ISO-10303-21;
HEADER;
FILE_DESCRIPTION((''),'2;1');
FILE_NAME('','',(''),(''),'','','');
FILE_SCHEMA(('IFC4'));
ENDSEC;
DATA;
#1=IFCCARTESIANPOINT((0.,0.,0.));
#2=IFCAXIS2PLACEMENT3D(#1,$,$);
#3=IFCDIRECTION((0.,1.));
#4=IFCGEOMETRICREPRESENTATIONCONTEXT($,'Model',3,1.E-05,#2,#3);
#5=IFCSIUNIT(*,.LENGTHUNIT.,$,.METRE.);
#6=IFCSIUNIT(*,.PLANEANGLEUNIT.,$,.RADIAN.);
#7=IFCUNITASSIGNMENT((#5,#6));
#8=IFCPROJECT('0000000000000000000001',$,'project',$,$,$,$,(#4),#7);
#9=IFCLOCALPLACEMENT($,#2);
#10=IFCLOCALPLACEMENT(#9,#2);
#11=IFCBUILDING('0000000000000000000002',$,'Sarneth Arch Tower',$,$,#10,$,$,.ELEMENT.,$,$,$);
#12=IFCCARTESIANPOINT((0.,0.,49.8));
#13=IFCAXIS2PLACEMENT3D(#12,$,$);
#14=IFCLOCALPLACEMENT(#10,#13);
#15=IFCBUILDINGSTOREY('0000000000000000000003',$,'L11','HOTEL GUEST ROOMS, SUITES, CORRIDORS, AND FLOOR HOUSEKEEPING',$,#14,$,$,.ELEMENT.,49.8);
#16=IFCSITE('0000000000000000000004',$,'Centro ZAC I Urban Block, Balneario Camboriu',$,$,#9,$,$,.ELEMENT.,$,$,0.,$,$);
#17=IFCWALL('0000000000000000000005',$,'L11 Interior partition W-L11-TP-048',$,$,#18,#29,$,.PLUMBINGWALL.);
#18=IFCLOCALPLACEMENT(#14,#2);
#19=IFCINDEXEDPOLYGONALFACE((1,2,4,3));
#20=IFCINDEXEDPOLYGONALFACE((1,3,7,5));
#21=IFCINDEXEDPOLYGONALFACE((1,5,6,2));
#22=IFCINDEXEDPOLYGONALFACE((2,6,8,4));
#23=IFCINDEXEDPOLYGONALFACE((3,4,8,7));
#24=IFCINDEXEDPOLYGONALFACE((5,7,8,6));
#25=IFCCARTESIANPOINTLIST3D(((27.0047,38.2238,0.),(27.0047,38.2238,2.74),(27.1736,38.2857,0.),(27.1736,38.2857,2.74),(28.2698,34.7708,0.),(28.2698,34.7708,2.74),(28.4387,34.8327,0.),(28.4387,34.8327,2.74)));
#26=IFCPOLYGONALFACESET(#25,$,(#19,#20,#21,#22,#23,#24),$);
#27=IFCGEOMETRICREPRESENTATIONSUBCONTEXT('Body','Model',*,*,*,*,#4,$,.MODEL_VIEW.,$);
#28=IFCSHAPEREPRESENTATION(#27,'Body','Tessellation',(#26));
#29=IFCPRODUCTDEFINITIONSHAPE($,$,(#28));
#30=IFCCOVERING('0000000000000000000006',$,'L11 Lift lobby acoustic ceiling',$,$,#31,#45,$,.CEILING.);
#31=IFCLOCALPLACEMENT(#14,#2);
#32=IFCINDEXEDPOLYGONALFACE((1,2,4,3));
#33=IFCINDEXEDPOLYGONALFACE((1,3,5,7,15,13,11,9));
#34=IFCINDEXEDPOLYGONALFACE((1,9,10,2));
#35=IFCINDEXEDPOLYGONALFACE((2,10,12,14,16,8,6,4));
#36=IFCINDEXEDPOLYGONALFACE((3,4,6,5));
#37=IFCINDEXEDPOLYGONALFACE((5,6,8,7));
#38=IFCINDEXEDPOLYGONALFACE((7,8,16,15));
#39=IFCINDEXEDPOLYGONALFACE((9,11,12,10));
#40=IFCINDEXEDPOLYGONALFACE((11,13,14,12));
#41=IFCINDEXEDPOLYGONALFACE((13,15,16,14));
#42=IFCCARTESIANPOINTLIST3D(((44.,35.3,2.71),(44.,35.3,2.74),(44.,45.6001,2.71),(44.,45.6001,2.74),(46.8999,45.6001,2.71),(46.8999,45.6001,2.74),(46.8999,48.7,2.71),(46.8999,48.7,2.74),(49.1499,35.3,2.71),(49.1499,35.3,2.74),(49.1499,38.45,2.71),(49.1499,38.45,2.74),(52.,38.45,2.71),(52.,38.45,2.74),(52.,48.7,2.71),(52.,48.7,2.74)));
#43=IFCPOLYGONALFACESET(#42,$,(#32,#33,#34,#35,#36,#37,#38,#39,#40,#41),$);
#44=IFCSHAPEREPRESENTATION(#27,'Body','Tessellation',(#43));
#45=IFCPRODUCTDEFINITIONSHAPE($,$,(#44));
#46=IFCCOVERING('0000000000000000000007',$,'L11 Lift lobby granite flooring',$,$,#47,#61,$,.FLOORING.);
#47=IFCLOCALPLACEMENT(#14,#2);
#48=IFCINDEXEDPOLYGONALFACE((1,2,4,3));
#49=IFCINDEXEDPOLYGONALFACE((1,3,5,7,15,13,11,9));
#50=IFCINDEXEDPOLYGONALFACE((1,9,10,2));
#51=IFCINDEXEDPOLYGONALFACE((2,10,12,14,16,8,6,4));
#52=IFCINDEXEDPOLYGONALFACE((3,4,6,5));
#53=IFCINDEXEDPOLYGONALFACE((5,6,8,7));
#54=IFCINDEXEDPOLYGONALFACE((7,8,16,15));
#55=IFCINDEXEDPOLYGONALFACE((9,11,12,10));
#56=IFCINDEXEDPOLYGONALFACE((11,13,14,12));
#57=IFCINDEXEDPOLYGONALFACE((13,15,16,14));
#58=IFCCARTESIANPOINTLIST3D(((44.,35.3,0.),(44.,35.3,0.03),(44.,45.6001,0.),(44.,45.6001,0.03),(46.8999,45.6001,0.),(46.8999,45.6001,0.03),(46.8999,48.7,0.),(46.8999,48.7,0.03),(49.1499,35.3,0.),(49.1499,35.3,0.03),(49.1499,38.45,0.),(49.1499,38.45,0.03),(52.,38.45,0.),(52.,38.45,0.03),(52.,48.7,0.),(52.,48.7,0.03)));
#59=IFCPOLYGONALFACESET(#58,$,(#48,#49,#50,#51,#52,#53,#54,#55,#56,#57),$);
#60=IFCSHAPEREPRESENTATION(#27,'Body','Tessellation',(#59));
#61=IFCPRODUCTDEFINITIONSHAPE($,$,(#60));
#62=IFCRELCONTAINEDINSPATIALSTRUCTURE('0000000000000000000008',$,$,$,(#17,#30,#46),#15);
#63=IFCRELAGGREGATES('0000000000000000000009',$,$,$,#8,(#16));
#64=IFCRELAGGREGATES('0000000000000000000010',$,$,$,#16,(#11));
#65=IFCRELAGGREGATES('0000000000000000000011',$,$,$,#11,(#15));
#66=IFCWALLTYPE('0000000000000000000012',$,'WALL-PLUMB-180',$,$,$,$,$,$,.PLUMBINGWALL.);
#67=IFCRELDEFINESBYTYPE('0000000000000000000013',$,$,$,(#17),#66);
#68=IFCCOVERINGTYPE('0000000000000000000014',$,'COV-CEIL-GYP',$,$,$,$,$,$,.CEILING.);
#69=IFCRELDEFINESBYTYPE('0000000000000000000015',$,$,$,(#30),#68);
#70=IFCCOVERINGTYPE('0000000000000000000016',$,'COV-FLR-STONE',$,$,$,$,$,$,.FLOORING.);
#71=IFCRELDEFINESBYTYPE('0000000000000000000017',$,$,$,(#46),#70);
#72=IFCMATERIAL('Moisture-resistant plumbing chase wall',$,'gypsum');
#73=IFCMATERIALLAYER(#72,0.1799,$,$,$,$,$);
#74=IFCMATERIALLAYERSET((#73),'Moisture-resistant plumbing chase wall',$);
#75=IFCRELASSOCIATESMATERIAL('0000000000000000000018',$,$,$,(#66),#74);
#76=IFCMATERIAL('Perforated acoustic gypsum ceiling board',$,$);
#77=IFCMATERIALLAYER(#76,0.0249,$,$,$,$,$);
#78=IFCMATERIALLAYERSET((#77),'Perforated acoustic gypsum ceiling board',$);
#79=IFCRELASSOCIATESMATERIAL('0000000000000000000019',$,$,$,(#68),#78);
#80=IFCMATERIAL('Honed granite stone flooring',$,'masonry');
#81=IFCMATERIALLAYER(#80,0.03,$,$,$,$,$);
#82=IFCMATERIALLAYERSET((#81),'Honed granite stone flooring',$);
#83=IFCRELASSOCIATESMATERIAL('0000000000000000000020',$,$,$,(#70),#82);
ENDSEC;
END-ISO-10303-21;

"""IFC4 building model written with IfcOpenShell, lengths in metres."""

from ifc_helpers import new_model, si_unit, direction, frame, frame_2d, origin, place, context, subcontext, project, spatial, polyline, rectangle, outline, extrude, material, layer, layer_set, type_object, element, save


model = new_model("IFC4")

# Units and contexts
model_context = context("Model", 3, precision=1e-05, world=origin(), true_north=direction((0.0, 1.0)))
body_context = subcontext(model_context, "Body", "Model", "MODEL_VIEW")
ifc_project = project(units=[si_unit("LENGTHUNIT", "METRE"), si_unit("PLANEANGLEUNIT", "RADIAN")], contexts=[model_context])

# Site, building, storey
site_placement = place(None, origin())
site = spatial("IfcSite", under=ifc_project, at=site_placement, Name="Centro ZAC I Urban Block, Balneario Camboriu", CompositionType="ELEMENT", RefElevation=0.0)
building_placement = place(site_placement, origin())
building = spatial("IfcBuilding", under=site, at=building_placement, Name="Sarneth Arch Tower", CompositionType="ELEMENT")
storey_placement = place(building_placement, frame((0.0, 0.0, 49.8)))
storey = spatial("IfcBuildingStorey", under=building, at=storey_placement, Name="L11", Description="HOTEL GUEST ROOMS, SUITES, CORRIDORS, AND FLOOR HOUSEKEEPING", CompositionType="ELEMENT", Elevation=49.8)

# Wall
ifc_material_1 = material(Name="Moisture-resistant plumbing chase wall", Category="gypsum")
ifc_layer_1 = layer(ifc_material_1, 0.1799)
ifc_layer_set_1 = layer_set([ifc_layer_1], Name="Moisture-resistant plumbing chase wall")
wall_type_1 = type_object("IfcWallType", Name="WALL-PLUMB-180", PredefinedType="PLUMBINGWALL", material=ifc_layer_set_1)
wall_1_placement = place(storey_placement, frame((27.0891, 38.2549, 0.0), z_axis=(0.0, 0.0, 1.0), x_axis=(0.344013, -0.938965, 0.0)))
element("IfcWall", 1, at=wall_1_placement, inside=storey, type_object=wall_type_1, Name="L11 Interior partition W-L11-TP-048", PredefinedType="PLUMBINGWALL", context=body_context, shape_type="SweptSolid", body=[
    extrude(rectangle(XDim=3.6775, YDim=0.1799, at=frame_2d((1.8389, 0.0))), origin(), (0.0, 0.0, 1.0), 2.74),
])

# Coverings
ifc_material_2 = material(Name="Perforated acoustic gypsum ceiling board")
ifc_layer_2 = layer(ifc_material_2, 0.0249)
ifc_layer_set_2 = layer_set([ifc_layer_2], Name="Perforated acoustic gypsum ceiling board")
covering_type_1 = type_object("IfcCoveringType", Name="COV-CEIL-GYP", PredefinedType="CEILING", material=ifc_layer_set_2)
covering_1_placement = place(storey_placement, frame((0.0, 0.0, 2.71)))
element("IfcCovering", 2, at=covering_1_placement, inside=storey, type_object=covering_type_1, Name="L11 Lift lobby acoustic ceiling", PredefinedType="CEILING", context=body_context, shape_type="SweptSolid", body=[
    extrude(outline(polyline([(49.1499, 38.45), (49.1499, 35.3), (44.0, 35.3), (44.0, 45.6001), (46.8999, 45.6001), (46.8999, 48.7), (52.0, 48.7), (52.0, 38.45), (49.1499, 38.45)])), origin(), (0.0, 0.0, 1.0), 0.03),
])
ifc_material_3 = material(Name="Honed granite stone flooring", Category="masonry")
ifc_layer_3 = layer(ifc_material_3, 0.03)
ifc_layer_set_3 = layer_set([ifc_layer_3], Name="Honed granite stone flooring")
covering_type_2 = type_object("IfcCoveringType", Name="COV-FLR-STONE", PredefinedType="FLOORING", material=ifc_layer_set_3)
covering_2_placement = place(storey_placement, origin())
element("IfcCovering", 3, at=covering_2_placement, inside=storey, type_object=covering_type_2, Name="L11 Lift lobby granite flooring", PredefinedType="FLOORING", context=body_context, shape_type="SweptSolid", body=[
    extrude(outline(polyline([(49.1499, 38.45), (49.1499, 35.3), (44.0, 35.3), (44.0, 45.6001), (46.8999, 45.6001), (46.8999, 48.7), (52.0, 48.7), (52.0, 38.45), (49.1499, 38.45)])), origin(), (0.0, 0.0, 1.0), 0.03),
])

save(model, "model.ifc")
